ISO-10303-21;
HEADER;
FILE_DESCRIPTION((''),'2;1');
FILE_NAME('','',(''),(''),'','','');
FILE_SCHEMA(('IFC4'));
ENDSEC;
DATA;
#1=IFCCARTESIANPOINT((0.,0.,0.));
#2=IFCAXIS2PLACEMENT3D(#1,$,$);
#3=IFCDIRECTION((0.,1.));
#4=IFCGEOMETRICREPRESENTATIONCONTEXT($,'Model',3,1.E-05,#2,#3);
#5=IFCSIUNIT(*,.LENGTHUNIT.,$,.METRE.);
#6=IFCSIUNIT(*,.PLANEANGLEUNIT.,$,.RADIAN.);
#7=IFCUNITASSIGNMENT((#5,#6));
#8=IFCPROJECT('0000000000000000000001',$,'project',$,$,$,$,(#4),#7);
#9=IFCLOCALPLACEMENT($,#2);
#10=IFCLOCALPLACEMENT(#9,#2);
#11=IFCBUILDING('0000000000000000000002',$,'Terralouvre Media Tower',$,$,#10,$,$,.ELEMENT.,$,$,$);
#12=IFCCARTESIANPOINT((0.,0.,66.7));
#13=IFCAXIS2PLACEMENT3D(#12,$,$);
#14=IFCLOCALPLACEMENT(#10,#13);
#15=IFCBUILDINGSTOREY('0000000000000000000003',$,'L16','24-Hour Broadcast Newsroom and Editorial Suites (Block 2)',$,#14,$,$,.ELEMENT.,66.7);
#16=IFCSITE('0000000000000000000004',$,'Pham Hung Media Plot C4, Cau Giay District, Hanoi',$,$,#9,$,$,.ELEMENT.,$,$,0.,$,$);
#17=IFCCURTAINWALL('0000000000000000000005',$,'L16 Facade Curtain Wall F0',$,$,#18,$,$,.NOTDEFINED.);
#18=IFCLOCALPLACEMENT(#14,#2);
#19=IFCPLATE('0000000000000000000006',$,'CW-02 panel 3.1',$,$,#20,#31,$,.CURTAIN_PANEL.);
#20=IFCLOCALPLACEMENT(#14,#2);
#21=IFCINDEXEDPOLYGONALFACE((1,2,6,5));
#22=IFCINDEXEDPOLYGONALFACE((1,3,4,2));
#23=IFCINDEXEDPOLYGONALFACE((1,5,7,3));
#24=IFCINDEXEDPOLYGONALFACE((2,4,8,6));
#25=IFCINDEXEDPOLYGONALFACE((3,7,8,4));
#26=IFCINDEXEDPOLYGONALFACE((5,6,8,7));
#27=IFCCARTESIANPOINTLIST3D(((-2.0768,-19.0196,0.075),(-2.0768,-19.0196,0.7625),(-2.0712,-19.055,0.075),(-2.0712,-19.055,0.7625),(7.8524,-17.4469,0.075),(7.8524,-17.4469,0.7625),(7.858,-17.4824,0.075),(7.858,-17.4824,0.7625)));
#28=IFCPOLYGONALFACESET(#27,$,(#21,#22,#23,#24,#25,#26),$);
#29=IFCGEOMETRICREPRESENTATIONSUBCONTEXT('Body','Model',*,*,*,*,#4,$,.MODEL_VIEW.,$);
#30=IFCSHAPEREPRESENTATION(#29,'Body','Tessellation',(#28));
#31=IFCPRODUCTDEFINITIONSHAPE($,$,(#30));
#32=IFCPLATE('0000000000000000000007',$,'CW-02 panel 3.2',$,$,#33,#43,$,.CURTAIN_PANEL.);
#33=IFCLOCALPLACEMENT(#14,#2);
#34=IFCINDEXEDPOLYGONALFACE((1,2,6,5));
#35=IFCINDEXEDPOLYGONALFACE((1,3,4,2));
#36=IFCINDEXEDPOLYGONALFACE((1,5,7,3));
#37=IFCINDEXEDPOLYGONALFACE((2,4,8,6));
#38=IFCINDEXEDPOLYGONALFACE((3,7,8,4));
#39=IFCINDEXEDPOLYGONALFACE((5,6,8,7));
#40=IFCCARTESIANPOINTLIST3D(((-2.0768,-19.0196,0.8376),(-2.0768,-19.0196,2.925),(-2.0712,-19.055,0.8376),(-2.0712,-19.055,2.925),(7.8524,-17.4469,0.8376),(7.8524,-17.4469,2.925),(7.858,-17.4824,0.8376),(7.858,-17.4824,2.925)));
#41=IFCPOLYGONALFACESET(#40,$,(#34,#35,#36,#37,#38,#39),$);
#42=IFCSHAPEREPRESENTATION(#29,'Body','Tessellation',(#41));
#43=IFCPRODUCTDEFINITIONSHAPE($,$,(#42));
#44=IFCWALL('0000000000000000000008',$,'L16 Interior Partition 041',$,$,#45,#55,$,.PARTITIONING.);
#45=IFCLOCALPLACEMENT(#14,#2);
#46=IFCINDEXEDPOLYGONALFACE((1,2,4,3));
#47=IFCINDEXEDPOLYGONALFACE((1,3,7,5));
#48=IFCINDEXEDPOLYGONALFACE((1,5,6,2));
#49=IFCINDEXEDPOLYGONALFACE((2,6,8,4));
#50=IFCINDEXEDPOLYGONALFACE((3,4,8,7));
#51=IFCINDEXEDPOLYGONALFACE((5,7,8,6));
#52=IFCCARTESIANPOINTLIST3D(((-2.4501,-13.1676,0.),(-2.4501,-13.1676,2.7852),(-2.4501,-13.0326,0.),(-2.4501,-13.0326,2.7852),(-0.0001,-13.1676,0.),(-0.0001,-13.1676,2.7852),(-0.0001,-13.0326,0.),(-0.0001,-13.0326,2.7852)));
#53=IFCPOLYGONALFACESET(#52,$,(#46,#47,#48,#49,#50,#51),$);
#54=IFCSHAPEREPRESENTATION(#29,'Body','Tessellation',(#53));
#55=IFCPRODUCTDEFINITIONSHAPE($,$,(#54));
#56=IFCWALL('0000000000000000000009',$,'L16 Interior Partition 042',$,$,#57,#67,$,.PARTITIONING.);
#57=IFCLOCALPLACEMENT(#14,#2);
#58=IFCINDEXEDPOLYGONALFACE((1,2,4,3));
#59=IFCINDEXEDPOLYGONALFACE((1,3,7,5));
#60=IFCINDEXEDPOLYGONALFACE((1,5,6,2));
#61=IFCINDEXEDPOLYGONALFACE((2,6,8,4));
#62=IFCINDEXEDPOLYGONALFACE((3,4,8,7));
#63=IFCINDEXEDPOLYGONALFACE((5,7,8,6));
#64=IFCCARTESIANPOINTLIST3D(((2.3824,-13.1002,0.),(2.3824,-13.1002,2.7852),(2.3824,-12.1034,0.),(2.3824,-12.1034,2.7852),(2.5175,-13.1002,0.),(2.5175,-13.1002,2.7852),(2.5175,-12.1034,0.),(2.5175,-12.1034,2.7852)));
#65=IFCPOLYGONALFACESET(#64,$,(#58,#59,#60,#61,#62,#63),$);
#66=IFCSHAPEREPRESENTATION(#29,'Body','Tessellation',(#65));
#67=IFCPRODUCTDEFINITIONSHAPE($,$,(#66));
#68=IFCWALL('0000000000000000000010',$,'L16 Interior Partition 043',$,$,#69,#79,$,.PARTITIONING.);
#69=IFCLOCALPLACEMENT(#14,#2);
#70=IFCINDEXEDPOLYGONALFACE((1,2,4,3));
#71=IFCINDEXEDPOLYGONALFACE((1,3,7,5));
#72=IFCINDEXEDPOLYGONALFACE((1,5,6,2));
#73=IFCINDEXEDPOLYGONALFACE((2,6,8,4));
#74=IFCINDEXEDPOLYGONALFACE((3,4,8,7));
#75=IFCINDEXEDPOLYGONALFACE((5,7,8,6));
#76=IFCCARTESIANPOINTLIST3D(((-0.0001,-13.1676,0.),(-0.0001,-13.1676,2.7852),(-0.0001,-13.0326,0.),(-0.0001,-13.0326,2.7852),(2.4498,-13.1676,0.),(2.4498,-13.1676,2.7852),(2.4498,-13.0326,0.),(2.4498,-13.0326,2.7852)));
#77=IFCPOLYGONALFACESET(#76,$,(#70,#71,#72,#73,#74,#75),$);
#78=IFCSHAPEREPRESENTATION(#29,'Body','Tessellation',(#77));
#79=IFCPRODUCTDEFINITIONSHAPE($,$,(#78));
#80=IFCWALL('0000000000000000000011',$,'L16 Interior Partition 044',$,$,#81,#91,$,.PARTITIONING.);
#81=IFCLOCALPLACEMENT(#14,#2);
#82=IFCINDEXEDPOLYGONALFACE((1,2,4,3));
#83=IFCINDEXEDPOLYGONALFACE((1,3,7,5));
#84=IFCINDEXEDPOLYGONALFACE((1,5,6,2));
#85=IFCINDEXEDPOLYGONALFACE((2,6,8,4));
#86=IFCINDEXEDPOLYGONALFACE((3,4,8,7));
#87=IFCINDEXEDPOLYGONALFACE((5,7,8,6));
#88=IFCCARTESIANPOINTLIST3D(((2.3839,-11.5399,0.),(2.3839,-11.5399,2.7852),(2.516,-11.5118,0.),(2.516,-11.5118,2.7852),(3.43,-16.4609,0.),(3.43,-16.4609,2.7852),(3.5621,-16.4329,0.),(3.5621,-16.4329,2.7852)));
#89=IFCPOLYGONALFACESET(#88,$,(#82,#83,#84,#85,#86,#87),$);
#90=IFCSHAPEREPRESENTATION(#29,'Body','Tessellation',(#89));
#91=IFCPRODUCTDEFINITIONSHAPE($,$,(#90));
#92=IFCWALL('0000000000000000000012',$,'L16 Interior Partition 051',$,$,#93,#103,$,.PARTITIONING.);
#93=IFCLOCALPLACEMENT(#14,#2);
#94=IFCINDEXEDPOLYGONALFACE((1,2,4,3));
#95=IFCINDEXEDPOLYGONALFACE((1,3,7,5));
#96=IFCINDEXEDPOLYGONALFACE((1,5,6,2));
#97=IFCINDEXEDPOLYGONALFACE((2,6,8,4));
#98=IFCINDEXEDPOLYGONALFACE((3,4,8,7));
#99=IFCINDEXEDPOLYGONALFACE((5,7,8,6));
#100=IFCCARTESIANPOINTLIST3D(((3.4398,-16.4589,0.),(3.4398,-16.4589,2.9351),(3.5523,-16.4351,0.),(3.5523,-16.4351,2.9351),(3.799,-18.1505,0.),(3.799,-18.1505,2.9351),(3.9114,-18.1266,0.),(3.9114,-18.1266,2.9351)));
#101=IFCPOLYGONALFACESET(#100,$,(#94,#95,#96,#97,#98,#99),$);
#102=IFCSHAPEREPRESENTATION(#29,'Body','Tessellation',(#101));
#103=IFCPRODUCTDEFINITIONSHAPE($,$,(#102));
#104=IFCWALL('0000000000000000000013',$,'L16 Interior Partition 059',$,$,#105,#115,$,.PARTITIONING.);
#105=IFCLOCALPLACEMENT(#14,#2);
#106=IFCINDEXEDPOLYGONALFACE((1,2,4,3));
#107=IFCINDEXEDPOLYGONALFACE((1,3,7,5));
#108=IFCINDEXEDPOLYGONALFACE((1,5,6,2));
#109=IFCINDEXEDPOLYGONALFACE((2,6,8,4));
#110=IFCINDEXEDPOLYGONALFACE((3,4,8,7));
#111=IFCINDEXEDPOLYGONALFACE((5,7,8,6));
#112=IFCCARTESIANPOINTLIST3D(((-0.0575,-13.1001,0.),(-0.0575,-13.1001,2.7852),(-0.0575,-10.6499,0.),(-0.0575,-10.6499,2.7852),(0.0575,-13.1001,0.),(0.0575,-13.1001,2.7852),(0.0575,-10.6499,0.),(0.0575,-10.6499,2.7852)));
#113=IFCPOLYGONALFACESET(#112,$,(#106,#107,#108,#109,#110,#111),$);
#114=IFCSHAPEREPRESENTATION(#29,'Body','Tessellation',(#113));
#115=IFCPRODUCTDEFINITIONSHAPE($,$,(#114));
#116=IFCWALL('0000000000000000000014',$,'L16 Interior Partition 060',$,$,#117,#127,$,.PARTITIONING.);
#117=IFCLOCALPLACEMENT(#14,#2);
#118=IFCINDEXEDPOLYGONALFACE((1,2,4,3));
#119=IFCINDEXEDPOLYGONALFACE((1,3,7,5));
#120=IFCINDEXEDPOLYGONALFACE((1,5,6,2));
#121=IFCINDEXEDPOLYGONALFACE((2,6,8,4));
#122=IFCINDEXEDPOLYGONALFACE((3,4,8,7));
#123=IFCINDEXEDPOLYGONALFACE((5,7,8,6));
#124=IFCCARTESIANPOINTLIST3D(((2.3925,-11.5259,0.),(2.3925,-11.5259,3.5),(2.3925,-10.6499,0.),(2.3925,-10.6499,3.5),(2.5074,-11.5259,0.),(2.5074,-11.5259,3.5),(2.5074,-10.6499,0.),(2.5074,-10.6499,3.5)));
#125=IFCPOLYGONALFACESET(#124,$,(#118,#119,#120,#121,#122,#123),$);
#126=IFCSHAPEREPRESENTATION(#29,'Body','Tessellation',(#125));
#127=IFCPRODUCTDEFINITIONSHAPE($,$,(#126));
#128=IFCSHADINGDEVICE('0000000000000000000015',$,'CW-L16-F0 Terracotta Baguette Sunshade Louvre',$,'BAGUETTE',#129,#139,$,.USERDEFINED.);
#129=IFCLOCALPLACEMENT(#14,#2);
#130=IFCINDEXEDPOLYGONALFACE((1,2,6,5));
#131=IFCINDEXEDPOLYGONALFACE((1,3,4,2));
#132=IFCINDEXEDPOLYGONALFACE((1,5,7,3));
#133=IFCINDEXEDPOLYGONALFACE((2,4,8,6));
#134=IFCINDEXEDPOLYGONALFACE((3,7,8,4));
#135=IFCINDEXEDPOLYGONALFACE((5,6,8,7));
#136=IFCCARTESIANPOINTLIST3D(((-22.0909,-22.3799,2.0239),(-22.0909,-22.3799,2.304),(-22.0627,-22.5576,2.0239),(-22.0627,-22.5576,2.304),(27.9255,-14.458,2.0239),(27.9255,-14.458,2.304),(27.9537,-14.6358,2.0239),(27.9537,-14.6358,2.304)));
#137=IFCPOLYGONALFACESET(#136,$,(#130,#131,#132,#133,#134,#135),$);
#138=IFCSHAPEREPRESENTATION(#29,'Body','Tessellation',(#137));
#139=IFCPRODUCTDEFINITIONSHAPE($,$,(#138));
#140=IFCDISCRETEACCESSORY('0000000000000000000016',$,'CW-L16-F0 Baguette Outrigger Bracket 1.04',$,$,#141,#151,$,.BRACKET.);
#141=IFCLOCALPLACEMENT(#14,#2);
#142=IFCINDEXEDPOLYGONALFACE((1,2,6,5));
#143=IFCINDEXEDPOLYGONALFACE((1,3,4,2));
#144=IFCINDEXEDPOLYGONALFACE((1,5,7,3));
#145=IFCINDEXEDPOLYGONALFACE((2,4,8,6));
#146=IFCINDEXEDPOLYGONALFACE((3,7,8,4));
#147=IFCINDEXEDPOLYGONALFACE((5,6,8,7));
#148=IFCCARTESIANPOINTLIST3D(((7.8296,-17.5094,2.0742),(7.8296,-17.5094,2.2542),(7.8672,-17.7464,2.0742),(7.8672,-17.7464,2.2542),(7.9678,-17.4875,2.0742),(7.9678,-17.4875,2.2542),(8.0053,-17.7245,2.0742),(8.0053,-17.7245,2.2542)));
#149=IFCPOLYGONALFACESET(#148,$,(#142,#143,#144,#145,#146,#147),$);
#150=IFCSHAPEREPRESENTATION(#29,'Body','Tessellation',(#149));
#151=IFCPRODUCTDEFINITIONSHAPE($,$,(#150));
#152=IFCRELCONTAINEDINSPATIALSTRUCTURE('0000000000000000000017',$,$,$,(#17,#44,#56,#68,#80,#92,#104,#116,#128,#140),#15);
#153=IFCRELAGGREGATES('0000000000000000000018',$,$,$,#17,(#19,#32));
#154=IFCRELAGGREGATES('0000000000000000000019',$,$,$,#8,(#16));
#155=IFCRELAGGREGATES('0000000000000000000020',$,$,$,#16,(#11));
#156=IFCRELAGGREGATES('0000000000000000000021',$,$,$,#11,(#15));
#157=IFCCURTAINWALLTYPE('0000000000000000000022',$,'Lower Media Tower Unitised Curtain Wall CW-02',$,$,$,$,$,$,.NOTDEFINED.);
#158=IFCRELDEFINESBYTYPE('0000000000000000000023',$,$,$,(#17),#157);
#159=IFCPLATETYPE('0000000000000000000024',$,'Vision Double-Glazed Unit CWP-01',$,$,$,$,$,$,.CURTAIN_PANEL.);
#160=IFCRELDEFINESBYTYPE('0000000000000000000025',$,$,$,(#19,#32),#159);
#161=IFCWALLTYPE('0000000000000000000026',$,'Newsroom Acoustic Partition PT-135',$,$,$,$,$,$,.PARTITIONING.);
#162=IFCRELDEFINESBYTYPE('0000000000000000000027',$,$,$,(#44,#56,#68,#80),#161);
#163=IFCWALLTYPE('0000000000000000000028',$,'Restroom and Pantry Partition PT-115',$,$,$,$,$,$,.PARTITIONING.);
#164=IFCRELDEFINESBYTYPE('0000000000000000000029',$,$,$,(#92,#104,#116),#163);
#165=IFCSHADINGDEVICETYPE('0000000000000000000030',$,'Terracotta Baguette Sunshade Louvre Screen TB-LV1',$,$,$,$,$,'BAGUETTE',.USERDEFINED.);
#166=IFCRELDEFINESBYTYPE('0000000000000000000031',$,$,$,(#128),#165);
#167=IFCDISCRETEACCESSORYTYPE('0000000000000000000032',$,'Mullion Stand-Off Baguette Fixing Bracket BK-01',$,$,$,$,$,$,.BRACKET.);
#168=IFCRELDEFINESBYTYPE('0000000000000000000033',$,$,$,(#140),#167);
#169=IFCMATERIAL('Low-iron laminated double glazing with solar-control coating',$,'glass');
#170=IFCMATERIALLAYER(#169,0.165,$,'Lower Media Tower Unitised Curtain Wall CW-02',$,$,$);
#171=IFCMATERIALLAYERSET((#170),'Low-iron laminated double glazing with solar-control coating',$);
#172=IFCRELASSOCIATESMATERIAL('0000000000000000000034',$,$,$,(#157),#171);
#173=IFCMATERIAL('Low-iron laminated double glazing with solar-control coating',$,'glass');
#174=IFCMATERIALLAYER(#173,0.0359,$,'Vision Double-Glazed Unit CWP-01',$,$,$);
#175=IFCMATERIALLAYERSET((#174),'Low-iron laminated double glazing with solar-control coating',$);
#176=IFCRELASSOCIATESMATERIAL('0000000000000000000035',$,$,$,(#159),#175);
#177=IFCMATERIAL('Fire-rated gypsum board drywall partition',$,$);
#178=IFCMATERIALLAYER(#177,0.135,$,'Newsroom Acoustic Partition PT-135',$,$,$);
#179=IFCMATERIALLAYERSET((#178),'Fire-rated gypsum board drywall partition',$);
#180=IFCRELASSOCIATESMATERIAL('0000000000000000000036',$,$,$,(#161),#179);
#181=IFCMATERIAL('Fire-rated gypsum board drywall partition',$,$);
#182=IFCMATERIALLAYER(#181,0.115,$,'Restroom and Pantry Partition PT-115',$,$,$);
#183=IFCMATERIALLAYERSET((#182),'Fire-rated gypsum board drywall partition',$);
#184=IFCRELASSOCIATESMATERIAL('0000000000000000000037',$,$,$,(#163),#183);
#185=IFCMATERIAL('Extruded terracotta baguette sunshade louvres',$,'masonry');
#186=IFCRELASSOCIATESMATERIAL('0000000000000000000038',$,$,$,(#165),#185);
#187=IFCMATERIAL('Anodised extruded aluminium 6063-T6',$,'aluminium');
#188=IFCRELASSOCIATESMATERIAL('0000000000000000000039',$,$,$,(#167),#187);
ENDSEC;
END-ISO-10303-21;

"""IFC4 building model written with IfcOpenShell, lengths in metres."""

from ifc_helpers import new_model, si_unit, direction, frame, frame_2d, origin, origin_2d, place, context, subcontext, project, spatial, rectangle, extrude, material, layer, layer_set, type_object, element, aggregate, save


model = new_model("IFC4")

# Units and contexts
model_context = context("Model", 3, precision=1e-05, world=origin(), true_north=direction((0.0, 1.0)))
body_context = subcontext(model_context, "Body", "Model", "MODEL_VIEW")
ifc_project = project(units=[si_unit("LENGTHUNIT", "METRE"), si_unit("PLANEANGLEUNIT", "RADIAN")], contexts=[model_context])

# Site, building, storey
site_placement = place(None, origin())
site = spatial("IfcSite", under=ifc_project, at=site_placement, Name="Pham Hung Media Plot C4, Cau Giay District, Hanoi", CompositionType="ELEMENT", RefElevation=0.0)
building_placement = place(site_placement, origin())
building = spatial("IfcBuilding", under=site, at=building_placement, Name="Terralouvre Media Tower", CompositionType="ELEMENT")
storey_placement = place(building_placement, frame((0.0, 0.0, 66.7)))
storey = spatial("IfcBuildingStorey", under=building, at=storey_placement, Name="L16", Description="24-Hour Broadcast Newsroom and Editorial Suites (Block 2)", CompositionType="ELEMENT", Elevation=66.7)

# Curtain wall
ifc_material_1 = material(Name="Low-iron laminated double glazing with solar-control coating", Category="glass")
ifc_layer_1 = layer(ifc_material_1, 0.165, Name="Lower Media Tower Unitised Curtain Wall CW-02")
ifc_layer_set_1 = layer_set([ifc_layer_1], Name="Low-iron laminated double glazing with solar-control coating")
curtain_wall_type = type_object("IfcCurtainWallType", Name="Lower Media Tower Unitised Curtain Wall CW-02", PredefinedType="NOTDEFINED", material=ifc_layer_set_1)
curtain_wall_placement = place(storey_placement, origin())
curtain_wall = element("IfcCurtainWall", 1, at=curtain_wall_placement, inside=storey, type_object=curtain_wall_type, Name="L16 Facade Curtain Wall F0", PredefinedType="NOTDEFINED")

# Plates
ifc_material_2 = material(Name="Low-iron laminated double glazing with solar-control coating", Category="glass")
ifc_layer_2 = layer(ifc_material_2, 0.0359, Name="Vision Double-Glazed Unit CWP-01")
ifc_layer_set_2 = layer_set([ifc_layer_2], Name="Low-iron laminated double glazing with solar-control coating")
plate_type = type_object("IfcPlateType", Name="Vision Double-Glazed Unit CWP-01", PredefinedType="CURTAIN_PANEL", material=ifc_layer_set_2)
plate_1_placement = place(storey_placement, frame((2.8906, -18.251, 0.075), z_axis=(0.0, 0.0, 1.0), x_axis=(0.987688, 0.156434, 0.0)))
plate_1 = element("IfcPlate", 2, at=plate_1_placement, type_object=plate_type, Name="CW-02 panel 3.1", PredefinedType="CURTAIN_PANEL", context=body_context, shape_type="SweptSolid", body=[
    extrude(rectangle(XDim=10.053, YDim=0.0359, at=origin_2d()), origin(), (0.0, 0.0, 1.0), 0.6875),
])
plate_2_placement = place(storey_placement, frame((2.8906, -18.251, 0.8376), z_axis=(0.0, 0.0, 1.0), x_axis=(0.987688, 0.156434, 0.0)))
plate_2 = element("IfcPlate", 3, at=plate_2_placement, type_object=plate_type, Name="CW-02 panel 3.2", PredefinedType="CURTAIN_PANEL", context=body_context, shape_type="SweptSolid", body=[
    extrude(rectangle(XDim=10.053, YDim=0.0359, at=origin_2d()), origin(), (0.0, 0.0, 1.0), 2.0874),
])
aggregate(curtain_wall, [plate_1, plate_2])

# Walls
ifc_material_3 = material(Name="Fire-rated gypsum board drywall partition")
ifc_layer_3 = layer(ifc_material_3, 0.135, Name="Newsroom Acoustic Partition PT-135")
ifc_layer_set_3 = layer_set([ifc_layer_3], Name="Fire-rated gypsum board drywall partition")
wall_type_1 = type_object("IfcWallType", Name="Newsroom Acoustic Partition PT-135", PredefinedType="PARTITIONING", material=ifc_layer_set_3)
wall_1_placement = place(storey_placement, frame((0.0, -13.1001, 0.0), z_axis=(0.0, 0.0, 1.0), x_axis=(-1.0, 0.0, 0.0)))
element("IfcWall", 4, at=wall_1_placement, inside=storey, type_object=wall_type_1, Name="L16 Interior Partition 041", PredefinedType="PARTITIONING", context=body_context, shape_type="SweptSolid", body=[
    extrude(rectangle(XDim=2.45, YDim=0.135, at=frame_2d((1.2251, 0.0))), origin(), (0.0, 0.0, 1.0), 2.7852),
])
wall_2_placement = place(storey_placement, frame((2.45, -12.1033, 0.0), z_axis=(0.0, 0.0, 1.0), x_axis=(0.0, -1.0, 0.0)))
element("IfcWall", 5, at=wall_2_placement, inside=storey, type_object=wall_type_1, Name="L16 Interior Partition 042", PredefinedType="PARTITIONING", context=body_context, shape_type="SweptSolid", body=[
    extrude(rectangle(XDim=0.9968, YDim=0.135, at=frame_2d((0.4985, 0.0))), origin(), (0.0, 0.0, 1.0), 2.7852),
])
wall_3_placement = place(storey_placement, frame((2.45, -13.1001, 0.0), z_axis=(0.0, 0.0, 1.0), x_axis=(-1.0, 0.0, 0.0)))
element("IfcWall", 6, at=wall_3_placement, inside=storey, type_object=wall_type_1, Name="L16 Interior Partition 043", PredefinedType="PARTITIONING", context=body_context, shape_type="SweptSolid", body=[
    extrude(rectangle(XDim=2.45, YDim=0.135, at=frame_2d((1.2251, 0.0))), origin(), (0.0, 0.0, 1.0), 2.7852),
])
wall_4_placement = place(storey_placement, frame((3.4961, -16.447, 0.0), z_axis=(0.0, 0.0, 1.0), x_axis=(-0.207935, 0.978143, 0.0)))
element("IfcWall", 7, at=wall_4_placement, inside=storey, type_object=wall_type_1, Name="L16 Interior Partition 044", PredefinedType="PARTITIONING", context=body_context, shape_type="SweptSolid", body=[
    extrude(rectangle(XDim=5.031, YDim=0.135, at=frame_2d((2.5156, 0.0))), origin(), (0.0, 0.0, 1.0), 2.7852),
])
ifc_material_4 = material(Name="Fire-rated gypsum board drywall partition")
ifc_layer_4 = layer(ifc_material_4, 0.115, Name="Restroom and Pantry Partition PT-115")
ifc_layer_set_4 = layer_set([ifc_layer_4], Name="Fire-rated gypsum board drywall partition")
wall_type_2 = type_object("IfcWallType", Name="Restroom and Pantry Partition PT-115", PredefinedType="PARTITIONING", material=ifc_layer_set_4)
wall_5_placement = place(storey_placement, frame((3.8552, -18.1387, 0.0), z_axis=(0.0, 0.0, 1.0), x_axis=(-0.207668, 0.978199, 0.0)))
element("IfcWall", 8, at=wall_5_placement, inside=storey, type_object=wall_type_2, Name="L16 Interior Partition 051", PredefinedType="PARTITIONING", context=body_context, shape_type="SweptSolid", body=[
    extrude(rectangle(XDim=1.7292, YDim=0.115, at=frame_2d((0.8647, 0.0))), origin(), (0.0, 0.0, 1.0), 2.9351),
])
wall_6_placement = place(storey_placement, frame((0.0, -13.1001, 0.0), z_axis=(0.0, 0.0, 1.0), x_axis=(0.0, 1.0, 0.0)))
element("IfcWall", 9, at=wall_6_placement, inside=storey, type_object=wall_type_2, Name="L16 Interior Partition 059", PredefinedType="PARTITIONING", context=body_context, shape_type="SweptSolid", body=[
    extrude(rectangle(XDim=2.4502, YDim=0.115, at=frame_2d((1.2251, 0.0))), origin(), (0.0, 0.0, 1.0), 2.7852),
])
wall_7_placement = place(storey_placement, frame((2.45, -11.5259, 0.0), z_axis=(0.0, 0.0, 1.0), x_axis=(0.0, 1.0, 0.0)))
element("IfcWall", 10, at=wall_7_placement, inside=storey, type_object=wall_type_2, Name="L16 Interior Partition 060", PredefinedType="PARTITIONING", context=body_context, shape_type="SweptSolid", body=[
    extrude(rectangle(XDim=0.876, YDim=0.115, at=frame_2d((0.438, 0.0))), origin(), (0.0, 0.0, 1.0), 3.5),
])

# Shading device
ifc_material_5 = material(Name="Extruded terracotta baguette sunshade louvres", Category="masonry")
shading_device_type = type_object("IfcShadingDeviceType", Name="Terracotta Baguette Sunshade Louvre Screen TB-LV1", ElementType="BAGUETTE", PredefinedType="USERDEFINED", material=ifc_material_5)
shading_device_placement = place(storey_placement, frame((2.9314, -18.5078, 2.0239), z_axis=(0.0, 0.0, 1.0), x_axis=(0.987688, 0.156434, 0.0)))
element("IfcShadingDevice", 11, at=shading_device_placement, inside=storey, type_object=shading_device_type, Name="CW-L16-F0 Terracotta Baguette Sunshade Louvre", ObjectType="BAGUETTE", PredefinedType="USERDEFINED", context=body_context, shape_type="SweptSolid", body=[
    extrude(rectangle(XDim=50.6399, YDim=0.1799, at=origin_2d()), origin(), (0.0, 0.0, 1.0), 0.28),
])

# Discrete accessory
ifc_material_6 = material(Name="Anodised extruded aluminium 6063-T6", Category="aluminium")
discrete_accessory_type = type_object("IfcDiscreteAccessoryType", Name="Mullion Stand-Off Baguette Fixing Bracket BK-01", PredefinedType="BRACKET", material=ifc_material_6)
discrete_accessory_placement = place(storey_placement, frame((7.9175, -17.6169, 2.0742), z_axis=(0.0, 0.0, 1.0), x_axis=(0.987688, 0.156434, 0.0)))
element("IfcDiscreteAccessory", 12, at=discrete_accessory_placement, inside=storey, type_object=discrete_accessory_type, Name="CW-L16-F0 Baguette Outrigger Bracket 1.04", PredefinedType="BRACKET", context=body_context, shape_type="SweptSolid", body=[
    extrude(rectangle(XDim=0.1399, YDim=0.24, at=origin_2d()), origin(), (0.0, 0.0, 1.0), 0.1799),
])

save(model, "model.ifc")
